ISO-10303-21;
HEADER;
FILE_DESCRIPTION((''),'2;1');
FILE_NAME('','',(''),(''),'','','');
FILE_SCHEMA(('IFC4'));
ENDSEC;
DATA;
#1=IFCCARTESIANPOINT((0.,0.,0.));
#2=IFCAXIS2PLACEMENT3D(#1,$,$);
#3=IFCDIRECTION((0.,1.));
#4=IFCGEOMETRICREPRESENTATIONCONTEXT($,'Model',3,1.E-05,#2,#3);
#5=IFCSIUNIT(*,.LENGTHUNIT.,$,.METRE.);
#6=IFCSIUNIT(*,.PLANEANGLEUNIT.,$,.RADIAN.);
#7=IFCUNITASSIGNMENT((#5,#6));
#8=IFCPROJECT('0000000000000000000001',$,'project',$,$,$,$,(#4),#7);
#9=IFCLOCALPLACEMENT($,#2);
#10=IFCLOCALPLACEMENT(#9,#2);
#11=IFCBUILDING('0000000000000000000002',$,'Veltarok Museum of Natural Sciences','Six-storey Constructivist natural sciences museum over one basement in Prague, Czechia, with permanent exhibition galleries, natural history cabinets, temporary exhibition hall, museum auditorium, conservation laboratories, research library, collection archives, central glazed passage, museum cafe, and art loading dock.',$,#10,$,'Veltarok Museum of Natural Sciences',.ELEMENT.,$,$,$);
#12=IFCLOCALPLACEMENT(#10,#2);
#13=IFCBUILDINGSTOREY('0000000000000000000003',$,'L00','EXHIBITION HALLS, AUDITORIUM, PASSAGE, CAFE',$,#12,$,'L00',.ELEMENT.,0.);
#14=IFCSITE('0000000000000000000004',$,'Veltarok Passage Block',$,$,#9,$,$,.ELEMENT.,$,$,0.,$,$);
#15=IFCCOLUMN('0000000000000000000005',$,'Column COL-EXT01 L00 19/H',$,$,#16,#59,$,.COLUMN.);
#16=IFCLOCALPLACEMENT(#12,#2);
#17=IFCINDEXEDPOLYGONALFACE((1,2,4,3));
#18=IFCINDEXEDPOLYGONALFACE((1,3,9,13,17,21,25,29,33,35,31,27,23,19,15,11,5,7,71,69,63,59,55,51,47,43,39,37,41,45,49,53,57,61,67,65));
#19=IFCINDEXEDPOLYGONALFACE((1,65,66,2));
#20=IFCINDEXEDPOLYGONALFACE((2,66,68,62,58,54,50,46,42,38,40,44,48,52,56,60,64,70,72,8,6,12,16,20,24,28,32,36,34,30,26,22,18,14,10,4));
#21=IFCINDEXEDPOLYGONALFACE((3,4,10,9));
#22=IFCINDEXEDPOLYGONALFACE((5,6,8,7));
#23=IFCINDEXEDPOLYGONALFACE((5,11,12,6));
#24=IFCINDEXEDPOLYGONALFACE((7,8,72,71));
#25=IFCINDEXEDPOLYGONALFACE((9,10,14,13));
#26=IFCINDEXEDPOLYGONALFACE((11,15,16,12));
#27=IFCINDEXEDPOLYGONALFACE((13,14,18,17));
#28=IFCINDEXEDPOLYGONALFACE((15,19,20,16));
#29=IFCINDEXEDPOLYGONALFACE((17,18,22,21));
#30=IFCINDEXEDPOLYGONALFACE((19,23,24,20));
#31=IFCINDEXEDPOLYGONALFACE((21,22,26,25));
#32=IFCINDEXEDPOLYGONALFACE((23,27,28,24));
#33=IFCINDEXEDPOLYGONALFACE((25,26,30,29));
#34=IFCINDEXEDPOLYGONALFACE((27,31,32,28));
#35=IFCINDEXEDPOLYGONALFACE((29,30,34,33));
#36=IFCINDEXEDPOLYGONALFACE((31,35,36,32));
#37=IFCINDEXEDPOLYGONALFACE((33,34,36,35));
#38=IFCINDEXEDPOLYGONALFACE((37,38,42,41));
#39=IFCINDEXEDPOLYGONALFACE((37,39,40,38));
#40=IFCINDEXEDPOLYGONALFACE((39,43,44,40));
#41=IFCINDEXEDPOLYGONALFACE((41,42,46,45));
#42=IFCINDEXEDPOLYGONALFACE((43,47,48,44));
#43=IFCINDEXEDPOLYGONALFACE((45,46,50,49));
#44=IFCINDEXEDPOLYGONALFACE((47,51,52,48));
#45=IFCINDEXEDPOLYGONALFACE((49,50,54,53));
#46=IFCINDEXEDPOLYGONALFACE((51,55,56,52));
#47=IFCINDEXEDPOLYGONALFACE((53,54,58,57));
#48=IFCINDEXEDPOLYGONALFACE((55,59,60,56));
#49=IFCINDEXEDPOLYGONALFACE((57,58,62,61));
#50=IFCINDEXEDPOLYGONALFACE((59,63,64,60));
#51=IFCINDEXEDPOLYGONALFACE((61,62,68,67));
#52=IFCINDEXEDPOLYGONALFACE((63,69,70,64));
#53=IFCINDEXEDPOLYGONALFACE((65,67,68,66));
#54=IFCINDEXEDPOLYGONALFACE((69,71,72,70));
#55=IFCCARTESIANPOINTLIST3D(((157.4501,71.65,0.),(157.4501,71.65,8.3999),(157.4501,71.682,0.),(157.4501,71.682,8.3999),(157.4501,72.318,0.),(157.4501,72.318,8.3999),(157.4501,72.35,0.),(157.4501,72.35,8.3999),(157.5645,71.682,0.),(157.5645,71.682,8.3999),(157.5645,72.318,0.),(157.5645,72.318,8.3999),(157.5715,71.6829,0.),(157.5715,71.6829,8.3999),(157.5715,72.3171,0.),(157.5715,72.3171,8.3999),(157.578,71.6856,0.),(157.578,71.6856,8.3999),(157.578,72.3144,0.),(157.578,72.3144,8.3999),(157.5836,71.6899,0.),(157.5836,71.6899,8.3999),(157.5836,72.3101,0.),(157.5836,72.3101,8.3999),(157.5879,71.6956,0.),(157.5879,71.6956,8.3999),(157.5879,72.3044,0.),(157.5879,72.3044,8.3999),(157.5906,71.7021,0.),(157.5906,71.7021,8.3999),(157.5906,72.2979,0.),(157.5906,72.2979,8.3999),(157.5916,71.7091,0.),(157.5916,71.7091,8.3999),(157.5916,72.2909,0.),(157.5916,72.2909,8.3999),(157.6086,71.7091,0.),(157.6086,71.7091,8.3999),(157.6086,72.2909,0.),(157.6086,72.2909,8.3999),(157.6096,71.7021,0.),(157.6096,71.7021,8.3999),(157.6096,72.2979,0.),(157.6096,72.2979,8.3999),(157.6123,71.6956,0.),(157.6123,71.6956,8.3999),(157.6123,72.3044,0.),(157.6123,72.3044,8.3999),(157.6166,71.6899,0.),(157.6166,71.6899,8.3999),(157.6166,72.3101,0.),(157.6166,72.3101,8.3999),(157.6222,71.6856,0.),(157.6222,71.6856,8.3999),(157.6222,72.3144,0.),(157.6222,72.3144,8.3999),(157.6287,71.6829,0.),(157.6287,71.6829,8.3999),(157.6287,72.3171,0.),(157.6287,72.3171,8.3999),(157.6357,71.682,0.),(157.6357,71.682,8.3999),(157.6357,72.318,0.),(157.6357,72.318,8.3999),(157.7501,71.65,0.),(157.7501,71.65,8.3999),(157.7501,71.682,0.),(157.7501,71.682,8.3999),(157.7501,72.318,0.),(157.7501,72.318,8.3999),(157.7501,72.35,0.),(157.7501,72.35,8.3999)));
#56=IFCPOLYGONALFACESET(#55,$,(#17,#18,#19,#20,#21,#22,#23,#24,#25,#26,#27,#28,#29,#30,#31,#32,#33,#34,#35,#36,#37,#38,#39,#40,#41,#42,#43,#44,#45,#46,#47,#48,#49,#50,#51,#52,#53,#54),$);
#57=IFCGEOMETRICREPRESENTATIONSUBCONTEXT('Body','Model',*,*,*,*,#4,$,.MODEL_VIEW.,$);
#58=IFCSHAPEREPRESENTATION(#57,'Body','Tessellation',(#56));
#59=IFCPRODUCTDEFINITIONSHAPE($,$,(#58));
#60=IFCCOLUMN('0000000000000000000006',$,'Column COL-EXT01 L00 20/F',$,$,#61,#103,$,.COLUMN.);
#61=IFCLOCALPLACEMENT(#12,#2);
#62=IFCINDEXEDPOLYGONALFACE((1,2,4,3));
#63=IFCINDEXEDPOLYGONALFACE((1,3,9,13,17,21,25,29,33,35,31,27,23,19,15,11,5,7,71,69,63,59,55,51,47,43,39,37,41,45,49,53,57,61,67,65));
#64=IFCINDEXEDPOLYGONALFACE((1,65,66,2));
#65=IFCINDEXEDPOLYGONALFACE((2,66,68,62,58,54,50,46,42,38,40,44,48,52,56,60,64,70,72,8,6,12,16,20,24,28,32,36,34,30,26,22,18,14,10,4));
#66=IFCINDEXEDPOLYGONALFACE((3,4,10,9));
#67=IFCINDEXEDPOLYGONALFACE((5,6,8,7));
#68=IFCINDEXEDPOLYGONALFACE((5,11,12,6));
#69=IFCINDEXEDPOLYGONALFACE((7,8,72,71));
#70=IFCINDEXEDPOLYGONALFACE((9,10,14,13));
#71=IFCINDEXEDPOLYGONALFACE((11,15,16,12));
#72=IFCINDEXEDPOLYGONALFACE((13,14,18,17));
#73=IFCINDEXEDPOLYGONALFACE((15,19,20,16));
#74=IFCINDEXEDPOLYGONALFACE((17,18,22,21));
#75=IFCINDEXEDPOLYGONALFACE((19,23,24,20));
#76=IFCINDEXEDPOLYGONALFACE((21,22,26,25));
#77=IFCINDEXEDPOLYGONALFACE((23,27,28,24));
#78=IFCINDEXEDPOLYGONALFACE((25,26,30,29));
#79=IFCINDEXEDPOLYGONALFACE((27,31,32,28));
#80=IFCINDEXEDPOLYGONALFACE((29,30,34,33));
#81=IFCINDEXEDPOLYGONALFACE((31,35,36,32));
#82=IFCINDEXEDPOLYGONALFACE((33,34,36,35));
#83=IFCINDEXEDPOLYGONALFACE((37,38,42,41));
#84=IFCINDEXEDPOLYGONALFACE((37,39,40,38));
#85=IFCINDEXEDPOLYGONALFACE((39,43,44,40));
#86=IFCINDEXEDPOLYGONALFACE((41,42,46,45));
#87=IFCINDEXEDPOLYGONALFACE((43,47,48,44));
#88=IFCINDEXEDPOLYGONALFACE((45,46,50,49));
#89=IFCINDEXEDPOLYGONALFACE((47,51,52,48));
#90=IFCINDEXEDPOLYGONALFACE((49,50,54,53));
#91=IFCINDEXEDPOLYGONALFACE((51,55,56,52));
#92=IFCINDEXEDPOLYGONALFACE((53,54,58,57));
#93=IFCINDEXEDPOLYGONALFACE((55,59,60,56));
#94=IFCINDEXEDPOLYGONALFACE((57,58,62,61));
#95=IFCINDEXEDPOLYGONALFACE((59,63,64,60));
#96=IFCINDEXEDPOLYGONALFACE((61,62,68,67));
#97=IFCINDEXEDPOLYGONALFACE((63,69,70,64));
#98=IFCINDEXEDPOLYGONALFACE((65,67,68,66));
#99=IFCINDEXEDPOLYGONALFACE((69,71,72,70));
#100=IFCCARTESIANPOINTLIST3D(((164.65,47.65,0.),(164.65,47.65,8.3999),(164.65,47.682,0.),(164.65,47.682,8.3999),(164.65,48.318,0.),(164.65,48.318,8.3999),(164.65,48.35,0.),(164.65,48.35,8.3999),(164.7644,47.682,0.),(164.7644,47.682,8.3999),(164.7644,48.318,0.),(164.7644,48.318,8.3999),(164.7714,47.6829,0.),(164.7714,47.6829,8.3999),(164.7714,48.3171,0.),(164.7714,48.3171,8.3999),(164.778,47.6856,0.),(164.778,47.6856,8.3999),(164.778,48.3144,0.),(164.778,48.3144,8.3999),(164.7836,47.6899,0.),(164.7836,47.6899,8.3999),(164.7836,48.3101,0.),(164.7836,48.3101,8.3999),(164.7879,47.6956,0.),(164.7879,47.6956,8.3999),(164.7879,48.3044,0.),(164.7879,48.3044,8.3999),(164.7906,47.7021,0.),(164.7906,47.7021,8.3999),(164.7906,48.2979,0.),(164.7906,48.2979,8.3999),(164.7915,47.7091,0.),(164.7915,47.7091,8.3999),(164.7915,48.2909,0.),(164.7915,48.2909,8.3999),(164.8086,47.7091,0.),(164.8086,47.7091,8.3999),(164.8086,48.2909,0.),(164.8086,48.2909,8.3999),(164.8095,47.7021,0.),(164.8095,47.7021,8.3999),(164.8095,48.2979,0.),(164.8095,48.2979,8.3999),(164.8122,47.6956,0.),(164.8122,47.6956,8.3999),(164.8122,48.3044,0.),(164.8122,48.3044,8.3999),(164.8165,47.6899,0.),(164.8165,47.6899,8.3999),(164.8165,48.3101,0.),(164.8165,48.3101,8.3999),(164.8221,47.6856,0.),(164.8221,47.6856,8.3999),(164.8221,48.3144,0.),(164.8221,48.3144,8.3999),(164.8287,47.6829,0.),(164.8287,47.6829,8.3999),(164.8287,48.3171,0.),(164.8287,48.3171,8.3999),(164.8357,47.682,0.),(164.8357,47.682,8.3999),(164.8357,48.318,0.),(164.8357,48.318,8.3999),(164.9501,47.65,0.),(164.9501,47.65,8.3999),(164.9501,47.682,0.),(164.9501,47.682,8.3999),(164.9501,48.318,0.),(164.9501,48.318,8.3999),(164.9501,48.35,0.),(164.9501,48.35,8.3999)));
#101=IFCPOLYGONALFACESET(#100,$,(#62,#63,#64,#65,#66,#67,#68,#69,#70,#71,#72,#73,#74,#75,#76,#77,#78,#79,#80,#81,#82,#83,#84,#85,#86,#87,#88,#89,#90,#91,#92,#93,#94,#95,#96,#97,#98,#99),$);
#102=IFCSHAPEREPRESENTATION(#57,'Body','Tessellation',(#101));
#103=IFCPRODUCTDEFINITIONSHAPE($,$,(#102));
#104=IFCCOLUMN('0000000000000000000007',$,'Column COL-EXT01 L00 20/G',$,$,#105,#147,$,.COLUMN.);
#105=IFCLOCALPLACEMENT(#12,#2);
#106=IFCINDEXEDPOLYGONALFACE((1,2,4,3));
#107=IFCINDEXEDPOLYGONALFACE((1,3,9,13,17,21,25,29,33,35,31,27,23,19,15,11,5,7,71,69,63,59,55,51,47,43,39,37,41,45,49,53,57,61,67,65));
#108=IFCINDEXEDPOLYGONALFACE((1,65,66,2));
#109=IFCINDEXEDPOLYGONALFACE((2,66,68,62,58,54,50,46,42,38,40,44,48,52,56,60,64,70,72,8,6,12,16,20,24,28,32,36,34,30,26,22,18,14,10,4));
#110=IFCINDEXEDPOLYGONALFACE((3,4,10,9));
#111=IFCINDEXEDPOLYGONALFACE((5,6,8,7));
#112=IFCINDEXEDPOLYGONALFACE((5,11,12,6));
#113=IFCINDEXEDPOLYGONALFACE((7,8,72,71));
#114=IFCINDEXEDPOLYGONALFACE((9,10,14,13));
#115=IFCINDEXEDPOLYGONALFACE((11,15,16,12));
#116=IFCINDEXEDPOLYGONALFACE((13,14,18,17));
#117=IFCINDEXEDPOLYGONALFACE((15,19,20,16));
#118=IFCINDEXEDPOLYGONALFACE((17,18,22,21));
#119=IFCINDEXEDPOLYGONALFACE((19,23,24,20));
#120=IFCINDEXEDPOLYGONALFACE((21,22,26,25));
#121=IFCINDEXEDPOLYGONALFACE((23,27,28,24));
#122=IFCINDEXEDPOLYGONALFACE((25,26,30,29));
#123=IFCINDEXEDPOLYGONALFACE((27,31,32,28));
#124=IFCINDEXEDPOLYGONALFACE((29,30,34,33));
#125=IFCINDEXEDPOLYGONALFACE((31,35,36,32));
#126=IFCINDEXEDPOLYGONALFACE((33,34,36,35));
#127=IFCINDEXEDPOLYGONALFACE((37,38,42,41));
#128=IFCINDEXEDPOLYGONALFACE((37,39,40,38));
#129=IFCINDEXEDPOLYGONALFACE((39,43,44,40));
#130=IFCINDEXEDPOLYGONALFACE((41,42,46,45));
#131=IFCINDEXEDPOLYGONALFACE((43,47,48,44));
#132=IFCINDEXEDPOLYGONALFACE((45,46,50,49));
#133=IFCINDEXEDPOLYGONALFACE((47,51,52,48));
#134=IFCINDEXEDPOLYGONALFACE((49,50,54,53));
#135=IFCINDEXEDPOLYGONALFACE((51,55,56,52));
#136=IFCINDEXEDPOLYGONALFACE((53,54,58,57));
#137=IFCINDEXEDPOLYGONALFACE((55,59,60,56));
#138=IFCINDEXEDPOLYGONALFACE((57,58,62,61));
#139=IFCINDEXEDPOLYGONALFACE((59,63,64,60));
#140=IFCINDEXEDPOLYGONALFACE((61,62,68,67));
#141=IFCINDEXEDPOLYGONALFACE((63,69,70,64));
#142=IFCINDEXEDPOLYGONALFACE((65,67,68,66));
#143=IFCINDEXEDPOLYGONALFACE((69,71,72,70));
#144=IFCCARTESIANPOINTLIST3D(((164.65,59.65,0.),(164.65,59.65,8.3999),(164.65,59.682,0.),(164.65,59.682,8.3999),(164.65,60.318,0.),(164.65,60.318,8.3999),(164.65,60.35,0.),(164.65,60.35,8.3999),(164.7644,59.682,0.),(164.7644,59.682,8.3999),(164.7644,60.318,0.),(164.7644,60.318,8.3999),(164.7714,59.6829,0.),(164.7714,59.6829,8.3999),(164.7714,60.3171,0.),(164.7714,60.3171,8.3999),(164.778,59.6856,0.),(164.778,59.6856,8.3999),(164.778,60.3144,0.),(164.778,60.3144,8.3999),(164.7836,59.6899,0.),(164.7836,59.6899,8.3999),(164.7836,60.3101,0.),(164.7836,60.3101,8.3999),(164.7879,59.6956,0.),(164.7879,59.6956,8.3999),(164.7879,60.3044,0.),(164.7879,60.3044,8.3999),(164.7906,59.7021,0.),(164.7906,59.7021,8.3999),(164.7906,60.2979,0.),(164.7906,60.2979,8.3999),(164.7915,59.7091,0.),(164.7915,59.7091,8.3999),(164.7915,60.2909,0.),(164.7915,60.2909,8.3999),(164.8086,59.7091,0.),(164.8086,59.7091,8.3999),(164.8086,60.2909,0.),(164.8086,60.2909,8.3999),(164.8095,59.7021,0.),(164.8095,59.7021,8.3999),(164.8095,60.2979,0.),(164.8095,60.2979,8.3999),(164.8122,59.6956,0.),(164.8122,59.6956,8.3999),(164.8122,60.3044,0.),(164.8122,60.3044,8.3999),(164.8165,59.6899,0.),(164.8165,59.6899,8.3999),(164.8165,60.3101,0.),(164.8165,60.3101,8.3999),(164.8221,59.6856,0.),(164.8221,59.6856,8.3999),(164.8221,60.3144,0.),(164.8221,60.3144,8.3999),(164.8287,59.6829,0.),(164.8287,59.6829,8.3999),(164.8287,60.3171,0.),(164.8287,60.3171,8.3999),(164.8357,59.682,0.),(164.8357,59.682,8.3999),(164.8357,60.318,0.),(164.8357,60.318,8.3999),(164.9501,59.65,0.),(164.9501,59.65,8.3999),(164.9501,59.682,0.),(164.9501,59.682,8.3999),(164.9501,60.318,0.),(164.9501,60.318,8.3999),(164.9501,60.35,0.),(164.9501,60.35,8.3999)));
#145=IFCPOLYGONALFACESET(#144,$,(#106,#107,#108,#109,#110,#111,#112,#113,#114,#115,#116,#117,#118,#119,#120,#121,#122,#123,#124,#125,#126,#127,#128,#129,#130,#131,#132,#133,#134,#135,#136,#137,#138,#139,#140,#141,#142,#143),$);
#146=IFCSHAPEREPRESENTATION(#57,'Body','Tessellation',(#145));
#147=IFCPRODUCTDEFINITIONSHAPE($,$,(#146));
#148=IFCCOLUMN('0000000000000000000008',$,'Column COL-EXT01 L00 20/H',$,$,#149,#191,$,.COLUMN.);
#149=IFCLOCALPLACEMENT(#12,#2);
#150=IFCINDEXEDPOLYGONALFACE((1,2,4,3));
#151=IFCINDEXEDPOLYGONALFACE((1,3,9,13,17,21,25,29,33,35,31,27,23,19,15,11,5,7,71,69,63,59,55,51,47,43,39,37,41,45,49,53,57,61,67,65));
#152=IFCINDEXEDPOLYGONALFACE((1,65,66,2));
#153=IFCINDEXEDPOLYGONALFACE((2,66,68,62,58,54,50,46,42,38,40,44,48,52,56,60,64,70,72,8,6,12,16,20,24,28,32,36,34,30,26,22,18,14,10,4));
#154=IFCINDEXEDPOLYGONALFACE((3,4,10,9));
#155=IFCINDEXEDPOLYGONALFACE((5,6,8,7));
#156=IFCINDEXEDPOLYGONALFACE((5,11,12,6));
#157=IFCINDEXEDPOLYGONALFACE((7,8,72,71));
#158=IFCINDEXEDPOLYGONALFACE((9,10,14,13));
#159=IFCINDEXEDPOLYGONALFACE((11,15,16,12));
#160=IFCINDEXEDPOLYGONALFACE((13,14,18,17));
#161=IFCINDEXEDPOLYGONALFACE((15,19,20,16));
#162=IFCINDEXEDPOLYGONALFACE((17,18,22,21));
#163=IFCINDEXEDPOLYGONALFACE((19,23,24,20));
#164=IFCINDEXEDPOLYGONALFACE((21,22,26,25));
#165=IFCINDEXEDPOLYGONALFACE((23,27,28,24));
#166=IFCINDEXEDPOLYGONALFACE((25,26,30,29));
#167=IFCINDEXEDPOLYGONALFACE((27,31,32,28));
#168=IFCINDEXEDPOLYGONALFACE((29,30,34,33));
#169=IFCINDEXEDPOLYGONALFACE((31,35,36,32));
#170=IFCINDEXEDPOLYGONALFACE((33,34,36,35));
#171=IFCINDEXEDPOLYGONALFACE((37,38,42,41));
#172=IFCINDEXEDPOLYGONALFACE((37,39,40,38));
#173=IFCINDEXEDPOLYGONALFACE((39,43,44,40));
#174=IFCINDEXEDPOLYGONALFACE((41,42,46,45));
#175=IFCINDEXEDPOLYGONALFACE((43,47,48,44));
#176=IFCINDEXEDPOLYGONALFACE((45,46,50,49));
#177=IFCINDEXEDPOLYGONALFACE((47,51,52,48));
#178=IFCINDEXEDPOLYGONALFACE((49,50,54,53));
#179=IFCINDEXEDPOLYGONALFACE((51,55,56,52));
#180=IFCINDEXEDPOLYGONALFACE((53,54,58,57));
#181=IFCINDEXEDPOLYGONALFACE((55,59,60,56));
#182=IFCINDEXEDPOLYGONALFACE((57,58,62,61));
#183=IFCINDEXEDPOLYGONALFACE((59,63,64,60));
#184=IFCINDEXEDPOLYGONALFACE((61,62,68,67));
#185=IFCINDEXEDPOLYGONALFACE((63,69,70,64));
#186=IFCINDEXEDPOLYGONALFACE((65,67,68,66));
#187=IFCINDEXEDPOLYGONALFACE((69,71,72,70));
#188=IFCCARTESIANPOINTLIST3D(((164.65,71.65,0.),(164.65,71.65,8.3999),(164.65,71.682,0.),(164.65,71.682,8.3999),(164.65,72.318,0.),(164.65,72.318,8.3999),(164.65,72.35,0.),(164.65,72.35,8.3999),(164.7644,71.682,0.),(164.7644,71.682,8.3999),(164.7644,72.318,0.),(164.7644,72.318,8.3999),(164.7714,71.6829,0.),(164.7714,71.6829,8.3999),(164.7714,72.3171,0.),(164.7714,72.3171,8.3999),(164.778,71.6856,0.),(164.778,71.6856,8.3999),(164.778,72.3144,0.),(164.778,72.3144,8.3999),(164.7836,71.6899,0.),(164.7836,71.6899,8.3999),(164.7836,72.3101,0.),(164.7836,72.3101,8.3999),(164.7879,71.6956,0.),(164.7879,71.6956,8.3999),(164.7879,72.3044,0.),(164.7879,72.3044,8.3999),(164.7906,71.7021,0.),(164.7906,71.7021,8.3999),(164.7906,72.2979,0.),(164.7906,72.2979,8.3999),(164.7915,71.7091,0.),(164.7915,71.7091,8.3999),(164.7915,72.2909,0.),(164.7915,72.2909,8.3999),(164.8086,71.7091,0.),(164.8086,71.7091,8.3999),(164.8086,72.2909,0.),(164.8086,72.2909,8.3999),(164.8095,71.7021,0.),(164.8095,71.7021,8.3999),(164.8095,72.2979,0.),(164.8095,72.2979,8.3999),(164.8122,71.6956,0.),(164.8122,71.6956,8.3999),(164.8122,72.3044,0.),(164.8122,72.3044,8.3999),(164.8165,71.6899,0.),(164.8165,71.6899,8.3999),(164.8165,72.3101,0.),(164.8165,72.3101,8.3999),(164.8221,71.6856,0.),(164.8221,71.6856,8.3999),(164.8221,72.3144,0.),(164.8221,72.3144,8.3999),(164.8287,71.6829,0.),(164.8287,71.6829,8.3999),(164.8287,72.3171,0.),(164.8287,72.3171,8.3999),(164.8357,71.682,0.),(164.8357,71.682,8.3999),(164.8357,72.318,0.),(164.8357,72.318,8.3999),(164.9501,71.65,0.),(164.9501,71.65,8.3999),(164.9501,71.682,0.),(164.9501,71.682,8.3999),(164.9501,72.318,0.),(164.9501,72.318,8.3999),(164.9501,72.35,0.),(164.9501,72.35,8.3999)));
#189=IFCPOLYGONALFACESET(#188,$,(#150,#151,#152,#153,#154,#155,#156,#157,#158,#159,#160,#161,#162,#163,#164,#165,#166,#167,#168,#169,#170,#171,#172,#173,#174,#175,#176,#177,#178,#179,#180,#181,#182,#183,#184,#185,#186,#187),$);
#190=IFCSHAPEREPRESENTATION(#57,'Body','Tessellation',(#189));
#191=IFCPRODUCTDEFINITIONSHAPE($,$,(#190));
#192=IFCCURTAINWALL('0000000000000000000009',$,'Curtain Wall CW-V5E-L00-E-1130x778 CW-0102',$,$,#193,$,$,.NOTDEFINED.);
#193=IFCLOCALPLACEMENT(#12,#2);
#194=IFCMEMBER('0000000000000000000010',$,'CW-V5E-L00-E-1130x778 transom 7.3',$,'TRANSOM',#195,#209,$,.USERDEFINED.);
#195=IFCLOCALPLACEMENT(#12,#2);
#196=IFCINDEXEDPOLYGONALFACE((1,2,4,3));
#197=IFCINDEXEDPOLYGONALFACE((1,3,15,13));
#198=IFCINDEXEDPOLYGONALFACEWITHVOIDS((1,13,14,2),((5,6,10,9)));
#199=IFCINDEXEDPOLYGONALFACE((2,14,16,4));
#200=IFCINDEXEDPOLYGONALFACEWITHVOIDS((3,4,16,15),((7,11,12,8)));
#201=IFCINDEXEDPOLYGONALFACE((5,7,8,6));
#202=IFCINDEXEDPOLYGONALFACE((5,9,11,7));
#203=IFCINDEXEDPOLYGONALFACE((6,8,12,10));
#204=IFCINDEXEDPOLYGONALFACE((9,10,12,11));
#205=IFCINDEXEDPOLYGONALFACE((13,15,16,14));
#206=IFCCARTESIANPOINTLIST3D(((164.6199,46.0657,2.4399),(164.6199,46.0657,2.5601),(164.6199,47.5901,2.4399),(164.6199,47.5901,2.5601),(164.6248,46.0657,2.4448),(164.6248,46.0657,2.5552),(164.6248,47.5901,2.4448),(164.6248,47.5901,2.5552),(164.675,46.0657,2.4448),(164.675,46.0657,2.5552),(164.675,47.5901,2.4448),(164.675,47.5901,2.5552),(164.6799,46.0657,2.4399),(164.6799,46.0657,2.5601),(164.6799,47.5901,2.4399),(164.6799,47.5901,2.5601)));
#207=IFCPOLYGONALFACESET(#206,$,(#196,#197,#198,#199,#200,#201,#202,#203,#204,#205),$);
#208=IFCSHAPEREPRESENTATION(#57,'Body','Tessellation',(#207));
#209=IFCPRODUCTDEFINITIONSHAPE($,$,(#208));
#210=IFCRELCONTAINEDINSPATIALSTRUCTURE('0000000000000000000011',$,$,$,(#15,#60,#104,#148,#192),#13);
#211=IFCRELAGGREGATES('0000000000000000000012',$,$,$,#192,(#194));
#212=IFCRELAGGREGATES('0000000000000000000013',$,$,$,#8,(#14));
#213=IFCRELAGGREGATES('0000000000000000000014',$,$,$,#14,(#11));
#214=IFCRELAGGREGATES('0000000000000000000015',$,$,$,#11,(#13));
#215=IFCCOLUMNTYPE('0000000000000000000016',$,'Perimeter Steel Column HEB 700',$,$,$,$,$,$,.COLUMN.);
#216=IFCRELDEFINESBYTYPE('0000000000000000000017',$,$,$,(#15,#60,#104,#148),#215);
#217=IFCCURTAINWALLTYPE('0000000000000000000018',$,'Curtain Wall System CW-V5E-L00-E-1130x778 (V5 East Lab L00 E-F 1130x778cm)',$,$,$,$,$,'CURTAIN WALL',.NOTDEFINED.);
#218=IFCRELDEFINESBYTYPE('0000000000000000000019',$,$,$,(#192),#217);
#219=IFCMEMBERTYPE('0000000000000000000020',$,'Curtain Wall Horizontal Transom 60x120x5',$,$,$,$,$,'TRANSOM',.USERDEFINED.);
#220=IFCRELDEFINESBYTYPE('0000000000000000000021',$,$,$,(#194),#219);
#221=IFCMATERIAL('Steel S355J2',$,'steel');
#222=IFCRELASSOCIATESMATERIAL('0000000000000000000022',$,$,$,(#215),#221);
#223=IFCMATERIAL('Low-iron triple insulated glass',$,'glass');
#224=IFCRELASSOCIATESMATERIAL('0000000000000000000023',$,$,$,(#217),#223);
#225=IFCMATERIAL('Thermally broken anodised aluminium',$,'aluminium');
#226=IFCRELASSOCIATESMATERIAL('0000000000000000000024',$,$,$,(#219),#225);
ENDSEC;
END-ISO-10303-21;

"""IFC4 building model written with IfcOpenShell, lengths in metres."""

from ifc_helpers import new_model, si_unit, direction, frame, origin, origin_2d, place, context, subcontext, project, spatial, hollow_rectangle, i_section, extrude, material, material_profile, profile_set, type_object, element, aggregate, save


model = new_model("IFC4")

# Units and contexts
model_context = context("Model", 3, precision=1e-05, world=origin(), true_north=direction((0.0, 1.0)))
body_context = subcontext(model_context, "Body", "Model", "MODEL_VIEW")
ifc_project = project(units=[si_unit("LENGTHUNIT", "METRE"), si_unit("PLANEANGLEUNIT", "RADIAN")], contexts=[model_context])

# Site, building, storey
site_placement = place(None, origin())
site = spatial("IfcSite", under=ifc_project, at=site_placement, Name="Veltarok Passage Block", CompositionType="ELEMENT", RefElevation=0.0)
building_placement = place(site_placement, origin())
building = spatial("IfcBuilding", under=site, at=building_placement, Name="Veltarok Museum of Natural Sciences", Description="Six-storey Constructivist natural sciences museum over one basement in Prague, Czechia, with permanent exhibition galleries, natural history cabinets, temporary exhibition hall, museum auditorium, conservation laboratories, research library, collection archives, central glazed passage, museum cafe, and art loading dock.", LongName="Veltarok Museum of Natural Sciences", CompositionType="ELEMENT")
storey_placement = place(building_placement, origin())
storey = spatial("IfcBuildingStorey", under=building, at=storey_placement, Name="L00", Description="EXHIBITION HALLS, AUDITORIUM, PASSAGE, CAFE", LongName="L00", CompositionType="ELEMENT", Elevation=0.0)

# Columns
ifc_material_1 = material(Name="Steel S355J2", Category="steel")
ifc_material_profile_1 = material_profile(ifc_material_1, i_section(OverallWidth=0.3, OverallDepth=0.7, WebThickness=0.0171, FlangeThickness=0.032, FilletRadius=0.0271, at=origin_2d()), Name="HEB 700")
ifc_profile_set_1 = profile_set([ifc_material_profile_1], Name="Steel S355J2")
column_type = type_object("IfcColumnType", Name="Perimeter Steel Column HEB 700", PredefinedType="COLUMN", material=ifc_profile_set_1)
for number, where, z_axis, x_axis, name in (
    (1, (157.6001, 72.0, 0.0), (0.0, 0.0, 1.0), (1.0, 0.0, 0.0), "Column COL-EXT01 L00 19/H"),
    (2, (164.8, 48.0, 0.0), (0.0, 0.0, 1.0), (1.0, 0.0, 0.0), "Column COL-EXT01 L00 20/F"),
    (3, (164.8, 60.0, 0.0), (0.0, 0.0, 1.0), (1.0, 0.0, 0.0), "Column COL-EXT01 L00 20/G"),
    (4, (164.8, 72.0, 0.0), (0.0, 0.0, 1.0), (1.0, 0.0, 0.0), "Column COL-EXT01 L00 20/H"),
):
    element("IfcColumn", number, at=place(storey_placement, frame(where, z_axis=z_axis, x_axis=x_axis)), inside=storey, type_object=column_type, Name=name, PredefinedType="COLUMN", context=body_context, shape_type="SweptSolid", body=[
        extrude(i_section(OverallWidth=0.3, OverallDepth=0.7, WebThickness=0.0171, FlangeThickness=0.032, FilletRadius=0.0271, at=origin_2d()), origin(), (0.0, 0.0, 1.0), 8.3999),
    ])

# Curtain wall, member
ifc_material_2 = material(Name="Low-iron triple insulated glass", Category="glass")
curtain_wall_type = type_object("IfcCurtainWallType", Name="Curtain Wall System CW-V5E-L00-E-1130x778 (V5 East Lab L00 E-F 1130x778cm)", ElementType="CURTAIN WALL", PredefinedType="NOTDEFINED", material=ifc_material_2)
curtain_wall_placement = place(storey_placement, origin())
curtain_wall = element("IfcCurtainWall", 5, at=curtain_wall_placement, inside=storey, type_object=curtain_wall_type, Name="Curtain Wall CW-V5E-L00-E-1130x778 CW-0102", PredefinedType="NOTDEFINED")
ifc_material_3 = material(Name="Thermally broken anodised aluminium", Category="aluminium")
ifc_material_profile_2 = material_profile(ifc_material_3, hollow_rectangle(XDim=0.0601, YDim=0.1201, WallThickness=0.0049, at=origin_2d()), Name="CW TRANSOM 60x120x5")
ifc_profile_set_2 = profile_set([ifc_material_profile_2], Name="Thermally broken anodised aluminium")
member_type_1 = type_object("IfcMemberType", Name="Curtain Wall Horizontal Transom 60x120x5", ElementType="TRANSOM", PredefinedType="USERDEFINED", material=ifc_profile_set_2)
member_1_placement = place(storey_placement, frame((164.6499, 46.0657, 2.5), z_axis=(0.0, 1.0, 0.0), x_axis=(-1.0, 0.0, 0.0)))
member_1 = element("IfcMember", 6, at=member_1_placement, type_object=member_type_1, Name="CW-V5E-L00-E-1130x778 transom 7.3", ObjectType="TRANSOM", PredefinedType="USERDEFINED", context=body_context, shape_type="SweptSolid", body=[
    extrude(hollow_rectangle(XDim=0.0601, YDim=0.1201, WallThickness=0.0049, at=origin_2d()), origin(), (0.0, 0.0, 1.0), 1.5244),
])

aggregate(curtain_wall, [member_1])

save(model, "model.ifc")
